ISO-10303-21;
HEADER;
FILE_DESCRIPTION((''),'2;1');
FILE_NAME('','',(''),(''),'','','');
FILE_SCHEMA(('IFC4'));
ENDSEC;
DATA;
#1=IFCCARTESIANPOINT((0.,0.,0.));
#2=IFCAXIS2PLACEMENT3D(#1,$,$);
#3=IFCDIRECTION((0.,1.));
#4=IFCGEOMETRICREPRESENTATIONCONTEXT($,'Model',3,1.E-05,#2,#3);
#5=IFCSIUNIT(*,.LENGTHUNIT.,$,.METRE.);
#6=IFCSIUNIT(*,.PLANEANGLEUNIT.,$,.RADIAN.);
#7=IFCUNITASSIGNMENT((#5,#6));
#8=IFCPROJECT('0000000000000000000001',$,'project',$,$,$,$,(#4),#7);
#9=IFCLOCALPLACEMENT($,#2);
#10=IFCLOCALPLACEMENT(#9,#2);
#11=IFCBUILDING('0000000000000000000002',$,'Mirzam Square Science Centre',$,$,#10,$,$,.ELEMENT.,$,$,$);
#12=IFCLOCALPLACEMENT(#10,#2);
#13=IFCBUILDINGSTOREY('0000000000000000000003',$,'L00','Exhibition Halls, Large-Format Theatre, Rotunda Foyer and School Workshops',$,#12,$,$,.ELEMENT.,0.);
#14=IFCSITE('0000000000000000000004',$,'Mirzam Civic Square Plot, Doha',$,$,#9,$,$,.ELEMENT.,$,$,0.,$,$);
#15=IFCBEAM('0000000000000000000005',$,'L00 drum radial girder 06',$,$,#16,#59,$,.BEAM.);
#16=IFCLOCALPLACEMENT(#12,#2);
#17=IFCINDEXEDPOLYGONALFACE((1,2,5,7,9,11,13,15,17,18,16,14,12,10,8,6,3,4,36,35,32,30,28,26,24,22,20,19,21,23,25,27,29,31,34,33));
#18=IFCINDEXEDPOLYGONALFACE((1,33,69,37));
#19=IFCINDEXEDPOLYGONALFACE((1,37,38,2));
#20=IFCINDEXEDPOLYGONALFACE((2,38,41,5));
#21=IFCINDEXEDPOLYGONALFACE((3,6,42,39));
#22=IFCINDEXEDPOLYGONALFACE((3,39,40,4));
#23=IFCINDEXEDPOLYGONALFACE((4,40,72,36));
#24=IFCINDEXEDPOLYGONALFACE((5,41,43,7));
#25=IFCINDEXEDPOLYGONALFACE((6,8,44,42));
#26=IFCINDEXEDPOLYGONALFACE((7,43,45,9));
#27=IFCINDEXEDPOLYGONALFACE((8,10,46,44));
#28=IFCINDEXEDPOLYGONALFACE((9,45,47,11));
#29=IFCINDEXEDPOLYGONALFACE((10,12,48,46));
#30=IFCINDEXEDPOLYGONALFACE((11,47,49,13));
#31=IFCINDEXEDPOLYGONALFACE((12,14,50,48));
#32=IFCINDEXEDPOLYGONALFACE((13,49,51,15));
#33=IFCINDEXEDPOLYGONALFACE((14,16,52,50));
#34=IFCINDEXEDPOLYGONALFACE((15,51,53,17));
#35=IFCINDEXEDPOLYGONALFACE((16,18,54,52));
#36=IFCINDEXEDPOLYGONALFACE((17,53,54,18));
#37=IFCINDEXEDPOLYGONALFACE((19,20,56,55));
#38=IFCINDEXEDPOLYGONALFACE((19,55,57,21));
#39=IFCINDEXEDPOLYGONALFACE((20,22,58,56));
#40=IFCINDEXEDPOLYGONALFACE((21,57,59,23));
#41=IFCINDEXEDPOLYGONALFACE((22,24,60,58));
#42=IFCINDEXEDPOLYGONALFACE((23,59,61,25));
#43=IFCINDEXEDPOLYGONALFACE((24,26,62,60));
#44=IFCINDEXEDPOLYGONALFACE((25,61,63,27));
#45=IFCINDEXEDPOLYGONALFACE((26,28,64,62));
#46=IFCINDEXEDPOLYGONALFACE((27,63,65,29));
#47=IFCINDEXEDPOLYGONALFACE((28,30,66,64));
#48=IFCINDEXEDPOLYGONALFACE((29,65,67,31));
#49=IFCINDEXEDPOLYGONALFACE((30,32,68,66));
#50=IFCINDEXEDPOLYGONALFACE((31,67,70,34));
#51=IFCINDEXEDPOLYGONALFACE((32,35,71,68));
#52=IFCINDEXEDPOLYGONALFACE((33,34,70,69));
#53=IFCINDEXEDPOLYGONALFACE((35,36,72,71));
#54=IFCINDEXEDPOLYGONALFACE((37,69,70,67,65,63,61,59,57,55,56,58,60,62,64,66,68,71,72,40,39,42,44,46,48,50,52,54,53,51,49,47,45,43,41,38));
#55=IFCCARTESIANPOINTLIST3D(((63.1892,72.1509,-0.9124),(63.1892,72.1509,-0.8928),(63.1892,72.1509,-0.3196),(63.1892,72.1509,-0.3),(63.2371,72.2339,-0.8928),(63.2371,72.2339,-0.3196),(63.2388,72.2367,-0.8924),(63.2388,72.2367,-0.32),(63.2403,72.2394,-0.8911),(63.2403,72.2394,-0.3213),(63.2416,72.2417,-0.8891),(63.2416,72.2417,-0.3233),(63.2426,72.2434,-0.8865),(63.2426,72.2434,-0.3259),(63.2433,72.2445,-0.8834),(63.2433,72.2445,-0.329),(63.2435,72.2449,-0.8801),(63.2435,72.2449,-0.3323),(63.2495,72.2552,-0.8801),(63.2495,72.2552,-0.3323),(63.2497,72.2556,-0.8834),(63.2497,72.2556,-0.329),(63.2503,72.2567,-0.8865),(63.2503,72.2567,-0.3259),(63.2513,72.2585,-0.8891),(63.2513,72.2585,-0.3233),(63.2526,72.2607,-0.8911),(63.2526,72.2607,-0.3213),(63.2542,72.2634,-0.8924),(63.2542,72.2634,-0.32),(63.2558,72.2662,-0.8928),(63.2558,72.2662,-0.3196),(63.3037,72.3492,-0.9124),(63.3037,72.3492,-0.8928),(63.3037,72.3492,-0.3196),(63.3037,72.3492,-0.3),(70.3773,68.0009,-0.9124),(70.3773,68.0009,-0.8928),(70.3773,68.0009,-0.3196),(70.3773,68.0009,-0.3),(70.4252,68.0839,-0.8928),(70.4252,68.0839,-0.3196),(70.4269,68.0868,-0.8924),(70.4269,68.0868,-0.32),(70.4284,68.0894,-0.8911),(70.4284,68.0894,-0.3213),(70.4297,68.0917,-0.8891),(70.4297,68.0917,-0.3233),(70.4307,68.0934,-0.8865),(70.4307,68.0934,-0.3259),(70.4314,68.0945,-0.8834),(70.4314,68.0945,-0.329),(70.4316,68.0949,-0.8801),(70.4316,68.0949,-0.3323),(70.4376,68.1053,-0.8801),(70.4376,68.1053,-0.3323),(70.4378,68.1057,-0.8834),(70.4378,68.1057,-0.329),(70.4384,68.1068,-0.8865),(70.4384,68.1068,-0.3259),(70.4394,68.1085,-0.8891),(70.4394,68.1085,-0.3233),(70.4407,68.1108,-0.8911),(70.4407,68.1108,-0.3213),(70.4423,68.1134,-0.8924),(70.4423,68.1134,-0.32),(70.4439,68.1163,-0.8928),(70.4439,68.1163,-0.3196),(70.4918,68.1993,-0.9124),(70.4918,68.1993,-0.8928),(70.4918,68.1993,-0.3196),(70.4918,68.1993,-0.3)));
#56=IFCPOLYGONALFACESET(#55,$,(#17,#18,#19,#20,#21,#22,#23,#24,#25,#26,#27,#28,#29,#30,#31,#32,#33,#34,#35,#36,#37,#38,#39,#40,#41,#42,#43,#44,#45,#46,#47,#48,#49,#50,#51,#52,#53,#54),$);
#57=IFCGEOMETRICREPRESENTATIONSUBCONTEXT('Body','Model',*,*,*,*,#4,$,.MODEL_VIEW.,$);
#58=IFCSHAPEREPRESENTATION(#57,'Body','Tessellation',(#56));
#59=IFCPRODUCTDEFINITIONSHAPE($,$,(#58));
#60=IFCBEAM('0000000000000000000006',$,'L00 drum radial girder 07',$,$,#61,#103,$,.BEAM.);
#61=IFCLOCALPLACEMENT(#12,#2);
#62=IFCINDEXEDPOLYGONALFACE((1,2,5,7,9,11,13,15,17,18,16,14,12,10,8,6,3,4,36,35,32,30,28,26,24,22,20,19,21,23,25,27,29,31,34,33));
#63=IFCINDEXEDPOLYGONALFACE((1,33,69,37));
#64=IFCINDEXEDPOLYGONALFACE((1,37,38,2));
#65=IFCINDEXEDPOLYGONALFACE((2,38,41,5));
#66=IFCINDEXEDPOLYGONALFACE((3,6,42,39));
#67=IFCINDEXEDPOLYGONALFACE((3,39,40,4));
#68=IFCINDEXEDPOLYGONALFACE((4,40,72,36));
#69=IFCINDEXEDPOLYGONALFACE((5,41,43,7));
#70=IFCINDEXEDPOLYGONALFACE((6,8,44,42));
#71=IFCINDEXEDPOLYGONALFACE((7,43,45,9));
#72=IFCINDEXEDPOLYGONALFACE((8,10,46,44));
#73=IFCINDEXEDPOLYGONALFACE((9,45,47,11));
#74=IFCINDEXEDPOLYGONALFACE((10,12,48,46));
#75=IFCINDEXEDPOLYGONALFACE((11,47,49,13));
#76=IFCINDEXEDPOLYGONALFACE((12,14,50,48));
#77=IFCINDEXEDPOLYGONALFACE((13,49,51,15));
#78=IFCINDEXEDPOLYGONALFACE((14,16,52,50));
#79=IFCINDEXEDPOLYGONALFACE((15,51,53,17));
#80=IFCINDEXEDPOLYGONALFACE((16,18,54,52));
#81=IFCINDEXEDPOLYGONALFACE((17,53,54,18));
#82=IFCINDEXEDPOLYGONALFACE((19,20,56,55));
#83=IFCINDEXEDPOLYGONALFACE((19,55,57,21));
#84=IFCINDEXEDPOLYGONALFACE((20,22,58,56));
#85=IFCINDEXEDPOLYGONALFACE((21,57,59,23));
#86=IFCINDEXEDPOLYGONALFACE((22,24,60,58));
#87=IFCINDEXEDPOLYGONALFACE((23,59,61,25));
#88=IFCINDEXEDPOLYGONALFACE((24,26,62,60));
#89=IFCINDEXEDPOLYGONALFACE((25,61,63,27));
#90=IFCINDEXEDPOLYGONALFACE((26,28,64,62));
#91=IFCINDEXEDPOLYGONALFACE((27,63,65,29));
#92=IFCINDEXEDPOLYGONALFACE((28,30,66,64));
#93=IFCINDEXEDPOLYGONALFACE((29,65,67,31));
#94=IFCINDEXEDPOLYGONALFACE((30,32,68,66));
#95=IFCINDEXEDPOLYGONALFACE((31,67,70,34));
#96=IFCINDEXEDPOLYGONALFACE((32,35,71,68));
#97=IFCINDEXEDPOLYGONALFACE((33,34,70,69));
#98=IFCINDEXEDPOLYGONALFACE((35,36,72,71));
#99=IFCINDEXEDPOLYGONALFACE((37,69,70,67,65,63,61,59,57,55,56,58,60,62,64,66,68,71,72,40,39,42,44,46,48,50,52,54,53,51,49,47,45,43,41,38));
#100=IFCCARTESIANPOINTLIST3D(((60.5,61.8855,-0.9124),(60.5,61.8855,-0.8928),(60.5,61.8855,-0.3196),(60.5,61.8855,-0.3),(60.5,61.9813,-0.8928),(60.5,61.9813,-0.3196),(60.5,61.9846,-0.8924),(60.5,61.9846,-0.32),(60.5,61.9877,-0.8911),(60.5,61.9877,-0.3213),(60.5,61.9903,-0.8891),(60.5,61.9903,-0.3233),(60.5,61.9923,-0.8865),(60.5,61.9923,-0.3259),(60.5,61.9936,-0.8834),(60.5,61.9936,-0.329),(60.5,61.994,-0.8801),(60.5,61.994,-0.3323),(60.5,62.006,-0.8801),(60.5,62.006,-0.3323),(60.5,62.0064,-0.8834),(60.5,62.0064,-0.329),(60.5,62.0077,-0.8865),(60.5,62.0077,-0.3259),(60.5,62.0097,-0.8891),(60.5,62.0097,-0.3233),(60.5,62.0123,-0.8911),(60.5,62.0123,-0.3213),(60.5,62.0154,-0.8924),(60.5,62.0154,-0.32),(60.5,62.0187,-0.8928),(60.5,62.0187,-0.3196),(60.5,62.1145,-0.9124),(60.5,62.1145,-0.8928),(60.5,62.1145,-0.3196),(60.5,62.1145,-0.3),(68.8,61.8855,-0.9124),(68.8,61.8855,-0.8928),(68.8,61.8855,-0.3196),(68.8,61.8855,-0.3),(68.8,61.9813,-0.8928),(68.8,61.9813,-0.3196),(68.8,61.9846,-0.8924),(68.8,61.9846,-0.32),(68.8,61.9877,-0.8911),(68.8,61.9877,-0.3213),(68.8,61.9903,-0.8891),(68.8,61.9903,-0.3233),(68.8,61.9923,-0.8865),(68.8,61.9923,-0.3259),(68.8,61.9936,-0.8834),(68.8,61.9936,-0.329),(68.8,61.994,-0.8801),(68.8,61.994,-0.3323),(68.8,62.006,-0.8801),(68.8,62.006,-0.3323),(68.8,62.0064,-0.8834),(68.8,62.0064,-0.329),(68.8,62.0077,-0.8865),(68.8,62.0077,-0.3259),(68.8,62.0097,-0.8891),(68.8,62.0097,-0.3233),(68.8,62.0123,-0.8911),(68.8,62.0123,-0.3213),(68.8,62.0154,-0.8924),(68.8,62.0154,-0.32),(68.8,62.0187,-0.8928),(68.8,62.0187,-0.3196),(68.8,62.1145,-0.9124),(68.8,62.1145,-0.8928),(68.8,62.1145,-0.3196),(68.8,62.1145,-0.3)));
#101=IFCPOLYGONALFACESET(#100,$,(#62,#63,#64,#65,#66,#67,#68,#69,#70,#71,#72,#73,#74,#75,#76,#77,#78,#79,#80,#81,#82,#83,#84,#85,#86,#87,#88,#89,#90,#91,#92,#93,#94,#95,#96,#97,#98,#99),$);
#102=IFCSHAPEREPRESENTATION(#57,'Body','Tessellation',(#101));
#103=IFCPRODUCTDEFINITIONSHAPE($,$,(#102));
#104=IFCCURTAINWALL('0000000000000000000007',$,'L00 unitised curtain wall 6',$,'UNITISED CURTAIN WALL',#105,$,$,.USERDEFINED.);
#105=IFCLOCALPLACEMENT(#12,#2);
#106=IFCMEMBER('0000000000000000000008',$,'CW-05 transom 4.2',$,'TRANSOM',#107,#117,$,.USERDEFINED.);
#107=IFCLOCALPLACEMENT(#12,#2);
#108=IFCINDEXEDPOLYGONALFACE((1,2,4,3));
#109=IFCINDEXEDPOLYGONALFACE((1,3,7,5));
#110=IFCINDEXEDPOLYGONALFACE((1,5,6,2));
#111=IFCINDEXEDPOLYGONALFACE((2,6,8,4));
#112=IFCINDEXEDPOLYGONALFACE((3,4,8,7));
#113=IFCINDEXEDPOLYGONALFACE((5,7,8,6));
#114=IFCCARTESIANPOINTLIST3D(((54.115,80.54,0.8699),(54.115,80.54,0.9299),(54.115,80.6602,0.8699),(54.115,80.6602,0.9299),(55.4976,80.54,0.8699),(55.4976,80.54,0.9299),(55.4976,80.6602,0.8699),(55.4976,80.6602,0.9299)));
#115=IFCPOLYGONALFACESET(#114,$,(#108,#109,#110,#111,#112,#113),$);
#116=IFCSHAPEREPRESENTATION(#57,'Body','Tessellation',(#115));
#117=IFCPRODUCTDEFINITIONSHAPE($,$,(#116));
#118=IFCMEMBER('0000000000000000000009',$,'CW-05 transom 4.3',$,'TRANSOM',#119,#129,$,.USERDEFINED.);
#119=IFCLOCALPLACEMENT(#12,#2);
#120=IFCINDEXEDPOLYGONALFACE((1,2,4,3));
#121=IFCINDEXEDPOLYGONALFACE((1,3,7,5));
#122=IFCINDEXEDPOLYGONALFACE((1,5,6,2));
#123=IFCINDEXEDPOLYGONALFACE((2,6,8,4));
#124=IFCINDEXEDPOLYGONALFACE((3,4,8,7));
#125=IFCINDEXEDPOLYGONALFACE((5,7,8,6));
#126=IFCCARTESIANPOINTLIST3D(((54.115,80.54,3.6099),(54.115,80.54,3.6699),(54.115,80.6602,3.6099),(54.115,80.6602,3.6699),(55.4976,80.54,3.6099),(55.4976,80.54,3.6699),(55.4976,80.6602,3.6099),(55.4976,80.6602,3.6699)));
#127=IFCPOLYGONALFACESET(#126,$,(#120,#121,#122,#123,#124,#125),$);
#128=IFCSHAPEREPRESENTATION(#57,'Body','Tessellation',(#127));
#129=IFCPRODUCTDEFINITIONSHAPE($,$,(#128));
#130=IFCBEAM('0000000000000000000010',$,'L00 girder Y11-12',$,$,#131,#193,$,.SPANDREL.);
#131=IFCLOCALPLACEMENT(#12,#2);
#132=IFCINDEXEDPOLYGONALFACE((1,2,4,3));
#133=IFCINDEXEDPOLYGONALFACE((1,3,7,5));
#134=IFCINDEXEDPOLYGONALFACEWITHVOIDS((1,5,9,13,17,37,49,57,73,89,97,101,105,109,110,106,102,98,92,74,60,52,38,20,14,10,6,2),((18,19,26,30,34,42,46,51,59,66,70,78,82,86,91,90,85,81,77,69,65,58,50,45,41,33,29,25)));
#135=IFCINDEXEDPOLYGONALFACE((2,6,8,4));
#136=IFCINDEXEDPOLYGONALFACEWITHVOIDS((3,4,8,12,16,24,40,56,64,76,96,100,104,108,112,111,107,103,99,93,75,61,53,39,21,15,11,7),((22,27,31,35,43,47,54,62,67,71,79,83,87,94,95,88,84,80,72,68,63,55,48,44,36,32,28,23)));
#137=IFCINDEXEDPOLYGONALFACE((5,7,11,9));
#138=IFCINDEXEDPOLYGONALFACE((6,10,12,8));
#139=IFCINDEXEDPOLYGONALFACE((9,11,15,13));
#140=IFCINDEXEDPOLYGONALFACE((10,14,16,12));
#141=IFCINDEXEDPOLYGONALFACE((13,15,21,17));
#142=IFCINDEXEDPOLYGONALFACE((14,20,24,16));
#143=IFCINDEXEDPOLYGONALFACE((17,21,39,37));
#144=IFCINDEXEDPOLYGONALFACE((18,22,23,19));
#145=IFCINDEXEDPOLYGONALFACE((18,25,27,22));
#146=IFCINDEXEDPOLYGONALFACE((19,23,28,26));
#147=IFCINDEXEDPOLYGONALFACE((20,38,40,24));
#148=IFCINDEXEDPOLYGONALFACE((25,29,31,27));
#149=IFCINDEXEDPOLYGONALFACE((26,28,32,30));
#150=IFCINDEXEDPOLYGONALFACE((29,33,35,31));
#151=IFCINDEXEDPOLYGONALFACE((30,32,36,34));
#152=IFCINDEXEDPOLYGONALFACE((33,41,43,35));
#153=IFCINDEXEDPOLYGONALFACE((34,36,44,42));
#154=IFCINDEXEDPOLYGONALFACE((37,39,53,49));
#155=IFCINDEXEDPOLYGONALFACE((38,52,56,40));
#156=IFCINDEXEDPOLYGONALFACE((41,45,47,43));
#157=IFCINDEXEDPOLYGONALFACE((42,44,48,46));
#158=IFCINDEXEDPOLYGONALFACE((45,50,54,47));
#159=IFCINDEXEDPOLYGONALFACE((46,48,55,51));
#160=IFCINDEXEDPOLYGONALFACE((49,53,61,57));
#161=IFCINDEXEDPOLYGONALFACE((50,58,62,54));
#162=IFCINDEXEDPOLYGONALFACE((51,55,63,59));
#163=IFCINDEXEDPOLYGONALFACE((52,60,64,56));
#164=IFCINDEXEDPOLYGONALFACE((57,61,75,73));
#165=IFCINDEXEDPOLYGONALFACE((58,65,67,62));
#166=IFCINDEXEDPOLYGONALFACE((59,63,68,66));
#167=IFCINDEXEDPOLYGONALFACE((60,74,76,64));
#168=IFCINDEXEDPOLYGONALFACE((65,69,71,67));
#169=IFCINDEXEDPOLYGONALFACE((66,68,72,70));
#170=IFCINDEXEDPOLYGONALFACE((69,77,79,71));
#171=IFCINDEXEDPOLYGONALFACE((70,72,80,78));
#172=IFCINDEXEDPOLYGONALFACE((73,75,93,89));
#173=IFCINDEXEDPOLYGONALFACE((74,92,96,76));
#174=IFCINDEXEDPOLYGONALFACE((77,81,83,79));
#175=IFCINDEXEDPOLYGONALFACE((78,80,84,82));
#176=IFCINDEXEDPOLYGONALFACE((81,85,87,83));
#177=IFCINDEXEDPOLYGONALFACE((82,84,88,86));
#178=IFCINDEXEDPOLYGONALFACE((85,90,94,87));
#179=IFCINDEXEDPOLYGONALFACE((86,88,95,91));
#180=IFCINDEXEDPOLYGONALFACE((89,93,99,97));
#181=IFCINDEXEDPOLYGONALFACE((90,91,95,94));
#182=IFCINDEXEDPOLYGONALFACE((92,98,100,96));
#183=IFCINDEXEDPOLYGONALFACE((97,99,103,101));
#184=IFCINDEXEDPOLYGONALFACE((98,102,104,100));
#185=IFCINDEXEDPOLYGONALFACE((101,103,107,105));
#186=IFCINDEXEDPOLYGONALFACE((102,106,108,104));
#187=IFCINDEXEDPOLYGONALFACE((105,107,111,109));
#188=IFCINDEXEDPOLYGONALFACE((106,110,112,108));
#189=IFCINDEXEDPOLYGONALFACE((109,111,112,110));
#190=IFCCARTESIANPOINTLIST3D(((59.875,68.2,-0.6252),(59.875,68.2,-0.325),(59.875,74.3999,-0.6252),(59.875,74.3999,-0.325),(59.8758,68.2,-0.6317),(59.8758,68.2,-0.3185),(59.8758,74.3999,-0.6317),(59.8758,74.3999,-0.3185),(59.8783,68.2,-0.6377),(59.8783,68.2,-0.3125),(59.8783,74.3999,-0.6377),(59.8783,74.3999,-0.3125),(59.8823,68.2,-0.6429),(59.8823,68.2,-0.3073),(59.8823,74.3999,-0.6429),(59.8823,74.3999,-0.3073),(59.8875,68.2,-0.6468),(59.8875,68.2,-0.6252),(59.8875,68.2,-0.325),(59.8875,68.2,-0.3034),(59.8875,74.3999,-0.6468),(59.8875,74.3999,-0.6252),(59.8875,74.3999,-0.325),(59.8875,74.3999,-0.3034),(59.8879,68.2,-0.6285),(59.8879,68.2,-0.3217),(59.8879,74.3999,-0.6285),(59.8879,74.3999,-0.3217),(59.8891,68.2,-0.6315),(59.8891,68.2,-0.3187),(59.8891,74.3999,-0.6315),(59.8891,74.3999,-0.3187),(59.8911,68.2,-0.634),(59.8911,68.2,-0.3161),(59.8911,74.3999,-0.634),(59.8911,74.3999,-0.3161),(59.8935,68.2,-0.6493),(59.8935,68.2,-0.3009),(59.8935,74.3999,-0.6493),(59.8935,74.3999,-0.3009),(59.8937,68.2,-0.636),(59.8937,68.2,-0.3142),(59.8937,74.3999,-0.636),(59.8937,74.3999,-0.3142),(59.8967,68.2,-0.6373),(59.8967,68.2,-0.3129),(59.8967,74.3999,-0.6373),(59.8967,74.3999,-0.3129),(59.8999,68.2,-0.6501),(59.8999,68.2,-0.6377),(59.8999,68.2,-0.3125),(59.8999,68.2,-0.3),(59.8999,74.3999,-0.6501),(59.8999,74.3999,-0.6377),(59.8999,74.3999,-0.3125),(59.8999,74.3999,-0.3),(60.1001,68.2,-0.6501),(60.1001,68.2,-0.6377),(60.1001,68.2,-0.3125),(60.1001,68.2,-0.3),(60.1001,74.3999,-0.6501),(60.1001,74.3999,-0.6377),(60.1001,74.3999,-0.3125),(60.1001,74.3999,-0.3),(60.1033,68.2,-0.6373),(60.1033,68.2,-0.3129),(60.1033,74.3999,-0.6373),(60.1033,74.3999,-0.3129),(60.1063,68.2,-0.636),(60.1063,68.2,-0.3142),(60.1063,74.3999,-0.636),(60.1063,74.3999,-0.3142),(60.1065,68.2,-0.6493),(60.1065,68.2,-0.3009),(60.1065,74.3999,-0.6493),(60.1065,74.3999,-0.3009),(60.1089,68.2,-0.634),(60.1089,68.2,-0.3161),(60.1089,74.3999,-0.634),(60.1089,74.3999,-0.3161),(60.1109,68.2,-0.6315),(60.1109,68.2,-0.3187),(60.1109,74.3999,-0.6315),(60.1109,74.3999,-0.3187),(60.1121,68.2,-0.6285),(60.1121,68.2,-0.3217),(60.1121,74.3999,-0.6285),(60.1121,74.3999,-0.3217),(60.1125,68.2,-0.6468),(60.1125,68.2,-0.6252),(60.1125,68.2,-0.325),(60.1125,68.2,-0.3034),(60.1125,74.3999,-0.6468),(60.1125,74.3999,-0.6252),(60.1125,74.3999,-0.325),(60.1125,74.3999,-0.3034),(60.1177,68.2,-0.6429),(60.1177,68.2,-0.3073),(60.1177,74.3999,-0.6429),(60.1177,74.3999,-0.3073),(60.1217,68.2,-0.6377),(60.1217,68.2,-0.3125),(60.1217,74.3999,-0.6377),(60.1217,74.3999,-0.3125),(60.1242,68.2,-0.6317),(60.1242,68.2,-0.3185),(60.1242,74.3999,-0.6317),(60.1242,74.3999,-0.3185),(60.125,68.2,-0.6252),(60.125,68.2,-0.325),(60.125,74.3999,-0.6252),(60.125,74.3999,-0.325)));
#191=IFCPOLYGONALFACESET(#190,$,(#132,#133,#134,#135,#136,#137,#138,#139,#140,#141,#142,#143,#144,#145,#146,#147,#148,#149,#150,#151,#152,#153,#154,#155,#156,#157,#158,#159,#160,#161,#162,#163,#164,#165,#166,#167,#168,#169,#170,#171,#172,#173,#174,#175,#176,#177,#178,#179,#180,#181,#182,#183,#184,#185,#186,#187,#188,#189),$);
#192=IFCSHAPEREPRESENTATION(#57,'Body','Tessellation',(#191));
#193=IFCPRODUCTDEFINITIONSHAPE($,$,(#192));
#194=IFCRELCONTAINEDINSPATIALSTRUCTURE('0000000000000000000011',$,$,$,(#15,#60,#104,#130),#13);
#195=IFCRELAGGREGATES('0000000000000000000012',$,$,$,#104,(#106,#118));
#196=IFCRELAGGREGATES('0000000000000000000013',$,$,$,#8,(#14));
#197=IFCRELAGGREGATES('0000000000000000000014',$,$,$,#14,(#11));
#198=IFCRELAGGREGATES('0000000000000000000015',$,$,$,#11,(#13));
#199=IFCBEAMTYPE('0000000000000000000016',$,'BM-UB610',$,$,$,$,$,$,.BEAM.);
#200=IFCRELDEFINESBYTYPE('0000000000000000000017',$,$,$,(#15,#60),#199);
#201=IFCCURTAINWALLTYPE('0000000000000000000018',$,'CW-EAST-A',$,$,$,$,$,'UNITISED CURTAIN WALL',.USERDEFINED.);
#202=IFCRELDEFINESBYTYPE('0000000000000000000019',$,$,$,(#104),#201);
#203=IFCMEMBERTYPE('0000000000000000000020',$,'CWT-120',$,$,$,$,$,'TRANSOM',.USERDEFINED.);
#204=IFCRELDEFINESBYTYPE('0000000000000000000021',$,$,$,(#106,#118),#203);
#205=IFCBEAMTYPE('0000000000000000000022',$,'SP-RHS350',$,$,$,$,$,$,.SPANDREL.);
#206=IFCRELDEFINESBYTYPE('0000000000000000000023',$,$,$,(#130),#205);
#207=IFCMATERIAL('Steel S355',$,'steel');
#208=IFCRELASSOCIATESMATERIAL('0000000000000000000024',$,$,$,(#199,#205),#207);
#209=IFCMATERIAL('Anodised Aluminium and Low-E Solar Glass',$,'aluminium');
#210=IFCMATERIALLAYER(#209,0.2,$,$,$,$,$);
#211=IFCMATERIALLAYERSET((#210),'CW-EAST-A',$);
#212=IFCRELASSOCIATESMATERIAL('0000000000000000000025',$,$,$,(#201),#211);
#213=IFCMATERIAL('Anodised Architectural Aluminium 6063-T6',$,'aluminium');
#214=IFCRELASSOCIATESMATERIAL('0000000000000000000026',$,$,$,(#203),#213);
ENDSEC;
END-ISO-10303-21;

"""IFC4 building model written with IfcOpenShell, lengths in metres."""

from ifc_helpers import new_model, si_unit, direction, frame, origin, origin_2d, place, context, subcontext, project, spatial, rectangle, hollow_rectangle, i_section, extrude, material, layer, layer_set, material_profile, profile_set, type_object, element, aggregate, save


model = new_model("IFC4")

# Units and contexts
model_context = context("Model", 3, precision=1e-05, world=origin(), true_north=direction((0.0, 1.0)))
body_context = subcontext(model_context, "Body", "Model", "MODEL_VIEW")
ifc_project = project(units=[si_unit("LENGTHUNIT", "METRE"), si_unit("PLANEANGLEUNIT", "RADIAN")], contexts=[model_context])

# Site, building, storey
site_placement = place(None, origin())
site = spatial("IfcSite", under=ifc_project, at=site_placement, Name="Mirzam Civic Square Plot, Doha", CompositionType="ELEMENT", RefElevation=0.0)
building_placement = place(site_placement, origin())
building = spatial("IfcBuilding", under=site, at=building_placement, Name="Mirzam Square Science Centre", CompositionType="ELEMENT")
storey_placement = place(building_placement, origin())
storey = spatial("IfcBuildingStorey", under=building, at=storey_placement, Name="L00", Description="Exhibition Halls, Large-Format Theatre, Rotunda Foyer and School Workshops", CompositionType="ELEMENT", Elevation=0.0)

# Shared definitions
ifc_material_1 = material(Name="Steel S355", Category="steel")

# Beams
ifc_material_profile_1 = material_profile(ifc_material_1, i_section(OverallWidth=0.229, OverallDepth=0.6123, WebThickness=0.012, FlangeThickness=0.0195, FilletRadius=0.0127, at=origin_2d()), Name="610x229x125UB")
ifc_profile_set_1 = profile_set([ifc_material_profile_1], Name="Steel S355")
beam_type_1 = type_object("IfcBeamType", Name="BM-UB610", PredefinedType="BEAM", material=ifc_profile_set_1)
for number, where, z_axis, x_axis, name in (
    (1, (70.4346, 68.1001, -0.6062), (-0.86603, 0.499992, 0.0), (-0.499992, -0.86603, 0.0), "L00 drum radial girder 06"),
    (2, (68.8, 62.0, -0.6062), (-1.0, 0.0, 0.0), (0.0, -1.0, 0.0), "L00 drum radial girder 07"),
):
    element("IfcBeam", number, at=place(storey_placement, frame(where, z_axis=z_axis, x_axis=x_axis)), inside=storey, type_object=beam_type_1, Name=name, PredefinedType="BEAM", context=body_context, shape_type="SweptSolid", body=[
        extrude(i_section(OverallWidth=0.229, OverallDepth=0.6123, WebThickness=0.012, FlangeThickness=0.0195, FilletRadius=0.0127, at=origin_2d()), origin(), (0.0, 0.0, 1.0), 8.3),
    ])

# Curtain wall, members
ifc_material_2 = material(Name="Anodised Aluminium and Low-E Solar Glass", Category="aluminium")
ifc_layer_1 = layer(ifc_material_2, 0.2)
ifc_layer_set_1 = layer_set([ifc_layer_1], Name="CW-EAST-A")
curtain_wall_type = type_object("IfcCurtainWallType", Name="CW-EAST-A", ElementType="UNITISED CURTAIN WALL", PredefinedType="USERDEFINED", material=ifc_layer_set_1)
curtain_wall_placement = place(storey_placement, origin())
curtain_wall = element("IfcCurtainWall", 3, at=curtain_wall_placement, inside=storey, type_object=curtain_wall_type, Name="L00 unitised curtain wall 6", ObjectType="UNITISED CURTAIN WALL", PredefinedType="USERDEFINED")
ifc_material_3 = material(Name="Anodised Architectural Aluminium 6063-T6", Category="aluminium")
ifc_material_profile_2 = material_profile(ifc_material_3, rectangle(XDim=0.1201, YDim=0.0601, at=origin_2d()), Name="ALU-TRAN-120x60x4")
ifc_profile_set_2 = profile_set([ifc_material_profile_2], Name="Anodised Architectural Aluminium 6063-T6")
member_type = type_object("IfcMemberType", Name="CWT-120", ElementType="TRANSOM", PredefinedType="USERDEFINED", material=ifc_profile_set_2)
member_1_placement = place(storey_placement, frame((55.4976, 80.6001, 0.8999), z_axis=(-1.0, 0.0, 0.0), x_axis=(0.0, -1.0, 0.0)))
member_1 = element("IfcMember", 4, at=member_1_placement, type_object=member_type, Name="CW-05 transom 4.2", ObjectType="TRANSOM", PredefinedType="USERDEFINED", context=body_context, shape_type="SweptSolid", body=[
    extrude(rectangle(XDim=0.1201, YDim=0.0601, at=origin_2d()), origin(), (0.0, 0.0, 1.0), 1.3826),
])
member_2_placement = place(storey_placement, frame((55.4976, 80.6001, 3.6399), z_axis=(-1.0, 0.0, 0.0), x_axis=(0.0, -1.0, 0.0)))
member_2 = element("IfcMember", 5, at=member_2_placement, type_object=member_type, Name="CW-05 transom 4.3", ObjectType="TRANSOM", PredefinedType="USERDEFINED", context=body_context, shape_type="SweptSolid", body=[
    extrude(rectangle(XDim=0.1201, YDim=0.0601, at=origin_2d()), origin(), (0.0, 0.0, 1.0), 1.3826),
])
aggregate(curtain_wall, [member_1, member_2])

# Beam
ifc_material_profile_3 = material_profile(ifc_material_1, hollow_rectangle(XDim=0.25, YDim=0.3501, WallThickness=0.0125, InnerFilletRadius=0.0125, OuterFilletRadius=0.0249, at=origin_2d()), Name="350x250x12.5RHS")
ifc_profile_set_3 = profile_set([ifc_material_profile_3], Name="Steel S355")
beam_type_2 = type_object("IfcBeamType", Name="SP-RHS350", PredefinedType="SPANDREL", material=ifc_profile_set_3)
beam_1_placement = place(storey_placement, frame((60.0, 68.2, -0.4751), z_axis=(0.0, 1.0, 0.0), x_axis=(-1.0, 0.0, 0.0)))
element("IfcBeam", 6, at=beam_1_placement, inside=storey, type_object=beam_type_2, Name="L00 girder Y11-12", PredefinedType="SPANDREL", context=body_context, shape_type="SweptSolid", body=[
    extrude(hollow_rectangle(XDim=0.25, YDim=0.3501, WallThickness=0.0125, InnerFilletRadius=0.0125, OuterFilletRadius=0.0249, at=origin_2d()), origin(), (0.0, 0.0, 1.0), 6.2),
])

save(model, "model.ifc")
